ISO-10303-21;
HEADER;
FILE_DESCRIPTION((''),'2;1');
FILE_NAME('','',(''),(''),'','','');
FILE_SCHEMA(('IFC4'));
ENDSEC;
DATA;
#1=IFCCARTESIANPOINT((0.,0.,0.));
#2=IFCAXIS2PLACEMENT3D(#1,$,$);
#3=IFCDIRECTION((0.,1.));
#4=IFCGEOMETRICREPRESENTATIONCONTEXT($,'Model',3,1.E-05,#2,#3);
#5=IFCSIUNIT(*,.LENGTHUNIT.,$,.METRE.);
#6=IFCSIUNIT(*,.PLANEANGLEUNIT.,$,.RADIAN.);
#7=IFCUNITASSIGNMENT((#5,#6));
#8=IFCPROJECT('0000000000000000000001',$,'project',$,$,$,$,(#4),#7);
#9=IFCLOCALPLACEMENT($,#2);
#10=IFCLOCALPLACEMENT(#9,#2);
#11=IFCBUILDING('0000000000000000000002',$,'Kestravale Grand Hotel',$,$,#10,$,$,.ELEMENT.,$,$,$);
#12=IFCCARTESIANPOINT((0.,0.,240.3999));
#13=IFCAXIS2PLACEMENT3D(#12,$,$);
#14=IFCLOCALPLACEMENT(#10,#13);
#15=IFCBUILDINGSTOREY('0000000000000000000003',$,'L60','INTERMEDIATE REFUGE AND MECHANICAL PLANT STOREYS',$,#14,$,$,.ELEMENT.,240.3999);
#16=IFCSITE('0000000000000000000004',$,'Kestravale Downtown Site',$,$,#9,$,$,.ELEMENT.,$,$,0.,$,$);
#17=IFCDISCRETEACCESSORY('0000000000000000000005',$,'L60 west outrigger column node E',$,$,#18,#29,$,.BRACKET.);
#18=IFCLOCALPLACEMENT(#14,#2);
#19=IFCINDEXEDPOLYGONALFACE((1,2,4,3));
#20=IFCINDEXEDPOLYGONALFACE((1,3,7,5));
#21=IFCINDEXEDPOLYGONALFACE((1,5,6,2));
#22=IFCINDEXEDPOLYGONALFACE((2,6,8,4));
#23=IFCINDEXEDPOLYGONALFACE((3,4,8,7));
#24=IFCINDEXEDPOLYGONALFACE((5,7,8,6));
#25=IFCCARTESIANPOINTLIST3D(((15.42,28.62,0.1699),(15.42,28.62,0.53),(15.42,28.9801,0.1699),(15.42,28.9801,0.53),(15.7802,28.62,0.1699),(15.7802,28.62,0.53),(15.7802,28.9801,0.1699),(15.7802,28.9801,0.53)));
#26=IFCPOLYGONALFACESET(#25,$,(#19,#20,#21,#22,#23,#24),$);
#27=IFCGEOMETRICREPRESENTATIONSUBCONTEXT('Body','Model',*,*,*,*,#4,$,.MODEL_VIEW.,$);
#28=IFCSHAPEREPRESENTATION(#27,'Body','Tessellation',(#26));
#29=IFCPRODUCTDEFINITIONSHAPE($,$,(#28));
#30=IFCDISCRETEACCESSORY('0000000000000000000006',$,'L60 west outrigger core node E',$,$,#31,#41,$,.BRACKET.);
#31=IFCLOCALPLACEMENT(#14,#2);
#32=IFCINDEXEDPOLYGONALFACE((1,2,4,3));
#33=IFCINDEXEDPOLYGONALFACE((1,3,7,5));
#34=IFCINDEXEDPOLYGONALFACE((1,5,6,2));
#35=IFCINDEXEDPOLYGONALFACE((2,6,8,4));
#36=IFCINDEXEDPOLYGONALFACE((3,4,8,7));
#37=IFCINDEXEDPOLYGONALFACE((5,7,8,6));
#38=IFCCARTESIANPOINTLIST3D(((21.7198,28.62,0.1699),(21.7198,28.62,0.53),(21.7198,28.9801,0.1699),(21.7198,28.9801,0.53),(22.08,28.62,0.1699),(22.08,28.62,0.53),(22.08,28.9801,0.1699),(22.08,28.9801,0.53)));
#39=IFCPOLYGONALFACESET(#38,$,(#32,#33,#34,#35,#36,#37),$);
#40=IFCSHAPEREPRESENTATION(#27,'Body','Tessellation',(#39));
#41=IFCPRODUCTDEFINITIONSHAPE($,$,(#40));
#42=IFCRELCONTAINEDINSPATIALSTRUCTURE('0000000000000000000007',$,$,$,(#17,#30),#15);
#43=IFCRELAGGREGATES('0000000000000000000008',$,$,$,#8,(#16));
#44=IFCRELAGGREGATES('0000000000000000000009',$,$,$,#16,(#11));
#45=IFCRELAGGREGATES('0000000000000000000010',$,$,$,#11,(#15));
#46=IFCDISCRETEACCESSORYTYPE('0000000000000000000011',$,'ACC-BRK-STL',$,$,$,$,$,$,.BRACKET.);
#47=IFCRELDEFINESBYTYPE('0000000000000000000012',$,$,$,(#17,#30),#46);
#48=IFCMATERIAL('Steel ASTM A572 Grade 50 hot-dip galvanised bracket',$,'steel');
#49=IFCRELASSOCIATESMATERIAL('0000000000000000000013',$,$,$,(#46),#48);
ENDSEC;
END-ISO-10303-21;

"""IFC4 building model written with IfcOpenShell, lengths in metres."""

from ifc_helpers import new_model, si_unit, direction, frame, origin, origin_2d, place, context, subcontext, project, spatial, rectangle, extrude, material, type_object, element, save


model = new_model("IFC4")

# Units and contexts
model_context = context("Model", 3, precision=1e-05, world=origin(), true_north=direction((0.0, 1.0)))
body_context = subcontext(model_context, "Body", "Model", "MODEL_VIEW")
ifc_project = project(units=[si_unit("LENGTHUNIT", "METRE"), si_unit("PLANEANGLEUNIT", "RADIAN")], contexts=[model_context])

# Site, building, storey
site_placement = place(None, origin())
site = spatial("IfcSite", under=ifc_project, at=site_placement, Name="Kestravale Downtown Site", CompositionType="ELEMENT", RefElevation=0.0)
building_placement = place(site_placement, origin())
building = spatial("IfcBuilding", under=site, at=building_placement, Name="Kestravale Grand Hotel", CompositionType="ELEMENT")
storey_placement = place(building_placement, frame((0.0, 0.0, 240.3999)))
storey = spatial("IfcBuildingStorey", under=building, at=storey_placement, Name="L60", Description="INTERMEDIATE REFUGE AND MECHANICAL PLANT STOREYS", CompositionType="ELEMENT", Elevation=240.3999)

# Discrete accessories
ifc_material_1 = material(Name="Steel ASTM A572 Grade 50 hot-dip galvanised bracket", Category="steel")
discrete_accessory_type = type_object("IfcDiscreteAccessoryType", Name="ACC-BRK-STL", PredefinedType="BRACKET", material=ifc_material_1)
for number, where, z_axis, x_axis, name in (
    (1, (15.6001, 28.8, 0.1699), (0.0, 0.0, 1.0), (1.0, 0.0, 0.0), "L60 west outrigger column node E"),
    (2, (21.8999, 28.8, 0.1699), (0.0, 0.0, 1.0), (1.0, 0.0, 0.0), "L60 west outrigger core node E"),
):
    element("IfcDiscreteAccessory", number, at=place(storey_placement, frame(where, z_axis=z_axis, x_axis=x_axis)), inside=storey, type_object=discrete_accessory_type, Name=name, PredefinedType="BRACKET", context=body_context, shape_type="SweptSolid", body=[
        extrude(rectangle(XDim=0.3601, YDim=0.3601, at=origin_2d()), origin(), (0.0, 0.0, 1.0), 0.3601),
    ])

save(model, "model.ifc")
